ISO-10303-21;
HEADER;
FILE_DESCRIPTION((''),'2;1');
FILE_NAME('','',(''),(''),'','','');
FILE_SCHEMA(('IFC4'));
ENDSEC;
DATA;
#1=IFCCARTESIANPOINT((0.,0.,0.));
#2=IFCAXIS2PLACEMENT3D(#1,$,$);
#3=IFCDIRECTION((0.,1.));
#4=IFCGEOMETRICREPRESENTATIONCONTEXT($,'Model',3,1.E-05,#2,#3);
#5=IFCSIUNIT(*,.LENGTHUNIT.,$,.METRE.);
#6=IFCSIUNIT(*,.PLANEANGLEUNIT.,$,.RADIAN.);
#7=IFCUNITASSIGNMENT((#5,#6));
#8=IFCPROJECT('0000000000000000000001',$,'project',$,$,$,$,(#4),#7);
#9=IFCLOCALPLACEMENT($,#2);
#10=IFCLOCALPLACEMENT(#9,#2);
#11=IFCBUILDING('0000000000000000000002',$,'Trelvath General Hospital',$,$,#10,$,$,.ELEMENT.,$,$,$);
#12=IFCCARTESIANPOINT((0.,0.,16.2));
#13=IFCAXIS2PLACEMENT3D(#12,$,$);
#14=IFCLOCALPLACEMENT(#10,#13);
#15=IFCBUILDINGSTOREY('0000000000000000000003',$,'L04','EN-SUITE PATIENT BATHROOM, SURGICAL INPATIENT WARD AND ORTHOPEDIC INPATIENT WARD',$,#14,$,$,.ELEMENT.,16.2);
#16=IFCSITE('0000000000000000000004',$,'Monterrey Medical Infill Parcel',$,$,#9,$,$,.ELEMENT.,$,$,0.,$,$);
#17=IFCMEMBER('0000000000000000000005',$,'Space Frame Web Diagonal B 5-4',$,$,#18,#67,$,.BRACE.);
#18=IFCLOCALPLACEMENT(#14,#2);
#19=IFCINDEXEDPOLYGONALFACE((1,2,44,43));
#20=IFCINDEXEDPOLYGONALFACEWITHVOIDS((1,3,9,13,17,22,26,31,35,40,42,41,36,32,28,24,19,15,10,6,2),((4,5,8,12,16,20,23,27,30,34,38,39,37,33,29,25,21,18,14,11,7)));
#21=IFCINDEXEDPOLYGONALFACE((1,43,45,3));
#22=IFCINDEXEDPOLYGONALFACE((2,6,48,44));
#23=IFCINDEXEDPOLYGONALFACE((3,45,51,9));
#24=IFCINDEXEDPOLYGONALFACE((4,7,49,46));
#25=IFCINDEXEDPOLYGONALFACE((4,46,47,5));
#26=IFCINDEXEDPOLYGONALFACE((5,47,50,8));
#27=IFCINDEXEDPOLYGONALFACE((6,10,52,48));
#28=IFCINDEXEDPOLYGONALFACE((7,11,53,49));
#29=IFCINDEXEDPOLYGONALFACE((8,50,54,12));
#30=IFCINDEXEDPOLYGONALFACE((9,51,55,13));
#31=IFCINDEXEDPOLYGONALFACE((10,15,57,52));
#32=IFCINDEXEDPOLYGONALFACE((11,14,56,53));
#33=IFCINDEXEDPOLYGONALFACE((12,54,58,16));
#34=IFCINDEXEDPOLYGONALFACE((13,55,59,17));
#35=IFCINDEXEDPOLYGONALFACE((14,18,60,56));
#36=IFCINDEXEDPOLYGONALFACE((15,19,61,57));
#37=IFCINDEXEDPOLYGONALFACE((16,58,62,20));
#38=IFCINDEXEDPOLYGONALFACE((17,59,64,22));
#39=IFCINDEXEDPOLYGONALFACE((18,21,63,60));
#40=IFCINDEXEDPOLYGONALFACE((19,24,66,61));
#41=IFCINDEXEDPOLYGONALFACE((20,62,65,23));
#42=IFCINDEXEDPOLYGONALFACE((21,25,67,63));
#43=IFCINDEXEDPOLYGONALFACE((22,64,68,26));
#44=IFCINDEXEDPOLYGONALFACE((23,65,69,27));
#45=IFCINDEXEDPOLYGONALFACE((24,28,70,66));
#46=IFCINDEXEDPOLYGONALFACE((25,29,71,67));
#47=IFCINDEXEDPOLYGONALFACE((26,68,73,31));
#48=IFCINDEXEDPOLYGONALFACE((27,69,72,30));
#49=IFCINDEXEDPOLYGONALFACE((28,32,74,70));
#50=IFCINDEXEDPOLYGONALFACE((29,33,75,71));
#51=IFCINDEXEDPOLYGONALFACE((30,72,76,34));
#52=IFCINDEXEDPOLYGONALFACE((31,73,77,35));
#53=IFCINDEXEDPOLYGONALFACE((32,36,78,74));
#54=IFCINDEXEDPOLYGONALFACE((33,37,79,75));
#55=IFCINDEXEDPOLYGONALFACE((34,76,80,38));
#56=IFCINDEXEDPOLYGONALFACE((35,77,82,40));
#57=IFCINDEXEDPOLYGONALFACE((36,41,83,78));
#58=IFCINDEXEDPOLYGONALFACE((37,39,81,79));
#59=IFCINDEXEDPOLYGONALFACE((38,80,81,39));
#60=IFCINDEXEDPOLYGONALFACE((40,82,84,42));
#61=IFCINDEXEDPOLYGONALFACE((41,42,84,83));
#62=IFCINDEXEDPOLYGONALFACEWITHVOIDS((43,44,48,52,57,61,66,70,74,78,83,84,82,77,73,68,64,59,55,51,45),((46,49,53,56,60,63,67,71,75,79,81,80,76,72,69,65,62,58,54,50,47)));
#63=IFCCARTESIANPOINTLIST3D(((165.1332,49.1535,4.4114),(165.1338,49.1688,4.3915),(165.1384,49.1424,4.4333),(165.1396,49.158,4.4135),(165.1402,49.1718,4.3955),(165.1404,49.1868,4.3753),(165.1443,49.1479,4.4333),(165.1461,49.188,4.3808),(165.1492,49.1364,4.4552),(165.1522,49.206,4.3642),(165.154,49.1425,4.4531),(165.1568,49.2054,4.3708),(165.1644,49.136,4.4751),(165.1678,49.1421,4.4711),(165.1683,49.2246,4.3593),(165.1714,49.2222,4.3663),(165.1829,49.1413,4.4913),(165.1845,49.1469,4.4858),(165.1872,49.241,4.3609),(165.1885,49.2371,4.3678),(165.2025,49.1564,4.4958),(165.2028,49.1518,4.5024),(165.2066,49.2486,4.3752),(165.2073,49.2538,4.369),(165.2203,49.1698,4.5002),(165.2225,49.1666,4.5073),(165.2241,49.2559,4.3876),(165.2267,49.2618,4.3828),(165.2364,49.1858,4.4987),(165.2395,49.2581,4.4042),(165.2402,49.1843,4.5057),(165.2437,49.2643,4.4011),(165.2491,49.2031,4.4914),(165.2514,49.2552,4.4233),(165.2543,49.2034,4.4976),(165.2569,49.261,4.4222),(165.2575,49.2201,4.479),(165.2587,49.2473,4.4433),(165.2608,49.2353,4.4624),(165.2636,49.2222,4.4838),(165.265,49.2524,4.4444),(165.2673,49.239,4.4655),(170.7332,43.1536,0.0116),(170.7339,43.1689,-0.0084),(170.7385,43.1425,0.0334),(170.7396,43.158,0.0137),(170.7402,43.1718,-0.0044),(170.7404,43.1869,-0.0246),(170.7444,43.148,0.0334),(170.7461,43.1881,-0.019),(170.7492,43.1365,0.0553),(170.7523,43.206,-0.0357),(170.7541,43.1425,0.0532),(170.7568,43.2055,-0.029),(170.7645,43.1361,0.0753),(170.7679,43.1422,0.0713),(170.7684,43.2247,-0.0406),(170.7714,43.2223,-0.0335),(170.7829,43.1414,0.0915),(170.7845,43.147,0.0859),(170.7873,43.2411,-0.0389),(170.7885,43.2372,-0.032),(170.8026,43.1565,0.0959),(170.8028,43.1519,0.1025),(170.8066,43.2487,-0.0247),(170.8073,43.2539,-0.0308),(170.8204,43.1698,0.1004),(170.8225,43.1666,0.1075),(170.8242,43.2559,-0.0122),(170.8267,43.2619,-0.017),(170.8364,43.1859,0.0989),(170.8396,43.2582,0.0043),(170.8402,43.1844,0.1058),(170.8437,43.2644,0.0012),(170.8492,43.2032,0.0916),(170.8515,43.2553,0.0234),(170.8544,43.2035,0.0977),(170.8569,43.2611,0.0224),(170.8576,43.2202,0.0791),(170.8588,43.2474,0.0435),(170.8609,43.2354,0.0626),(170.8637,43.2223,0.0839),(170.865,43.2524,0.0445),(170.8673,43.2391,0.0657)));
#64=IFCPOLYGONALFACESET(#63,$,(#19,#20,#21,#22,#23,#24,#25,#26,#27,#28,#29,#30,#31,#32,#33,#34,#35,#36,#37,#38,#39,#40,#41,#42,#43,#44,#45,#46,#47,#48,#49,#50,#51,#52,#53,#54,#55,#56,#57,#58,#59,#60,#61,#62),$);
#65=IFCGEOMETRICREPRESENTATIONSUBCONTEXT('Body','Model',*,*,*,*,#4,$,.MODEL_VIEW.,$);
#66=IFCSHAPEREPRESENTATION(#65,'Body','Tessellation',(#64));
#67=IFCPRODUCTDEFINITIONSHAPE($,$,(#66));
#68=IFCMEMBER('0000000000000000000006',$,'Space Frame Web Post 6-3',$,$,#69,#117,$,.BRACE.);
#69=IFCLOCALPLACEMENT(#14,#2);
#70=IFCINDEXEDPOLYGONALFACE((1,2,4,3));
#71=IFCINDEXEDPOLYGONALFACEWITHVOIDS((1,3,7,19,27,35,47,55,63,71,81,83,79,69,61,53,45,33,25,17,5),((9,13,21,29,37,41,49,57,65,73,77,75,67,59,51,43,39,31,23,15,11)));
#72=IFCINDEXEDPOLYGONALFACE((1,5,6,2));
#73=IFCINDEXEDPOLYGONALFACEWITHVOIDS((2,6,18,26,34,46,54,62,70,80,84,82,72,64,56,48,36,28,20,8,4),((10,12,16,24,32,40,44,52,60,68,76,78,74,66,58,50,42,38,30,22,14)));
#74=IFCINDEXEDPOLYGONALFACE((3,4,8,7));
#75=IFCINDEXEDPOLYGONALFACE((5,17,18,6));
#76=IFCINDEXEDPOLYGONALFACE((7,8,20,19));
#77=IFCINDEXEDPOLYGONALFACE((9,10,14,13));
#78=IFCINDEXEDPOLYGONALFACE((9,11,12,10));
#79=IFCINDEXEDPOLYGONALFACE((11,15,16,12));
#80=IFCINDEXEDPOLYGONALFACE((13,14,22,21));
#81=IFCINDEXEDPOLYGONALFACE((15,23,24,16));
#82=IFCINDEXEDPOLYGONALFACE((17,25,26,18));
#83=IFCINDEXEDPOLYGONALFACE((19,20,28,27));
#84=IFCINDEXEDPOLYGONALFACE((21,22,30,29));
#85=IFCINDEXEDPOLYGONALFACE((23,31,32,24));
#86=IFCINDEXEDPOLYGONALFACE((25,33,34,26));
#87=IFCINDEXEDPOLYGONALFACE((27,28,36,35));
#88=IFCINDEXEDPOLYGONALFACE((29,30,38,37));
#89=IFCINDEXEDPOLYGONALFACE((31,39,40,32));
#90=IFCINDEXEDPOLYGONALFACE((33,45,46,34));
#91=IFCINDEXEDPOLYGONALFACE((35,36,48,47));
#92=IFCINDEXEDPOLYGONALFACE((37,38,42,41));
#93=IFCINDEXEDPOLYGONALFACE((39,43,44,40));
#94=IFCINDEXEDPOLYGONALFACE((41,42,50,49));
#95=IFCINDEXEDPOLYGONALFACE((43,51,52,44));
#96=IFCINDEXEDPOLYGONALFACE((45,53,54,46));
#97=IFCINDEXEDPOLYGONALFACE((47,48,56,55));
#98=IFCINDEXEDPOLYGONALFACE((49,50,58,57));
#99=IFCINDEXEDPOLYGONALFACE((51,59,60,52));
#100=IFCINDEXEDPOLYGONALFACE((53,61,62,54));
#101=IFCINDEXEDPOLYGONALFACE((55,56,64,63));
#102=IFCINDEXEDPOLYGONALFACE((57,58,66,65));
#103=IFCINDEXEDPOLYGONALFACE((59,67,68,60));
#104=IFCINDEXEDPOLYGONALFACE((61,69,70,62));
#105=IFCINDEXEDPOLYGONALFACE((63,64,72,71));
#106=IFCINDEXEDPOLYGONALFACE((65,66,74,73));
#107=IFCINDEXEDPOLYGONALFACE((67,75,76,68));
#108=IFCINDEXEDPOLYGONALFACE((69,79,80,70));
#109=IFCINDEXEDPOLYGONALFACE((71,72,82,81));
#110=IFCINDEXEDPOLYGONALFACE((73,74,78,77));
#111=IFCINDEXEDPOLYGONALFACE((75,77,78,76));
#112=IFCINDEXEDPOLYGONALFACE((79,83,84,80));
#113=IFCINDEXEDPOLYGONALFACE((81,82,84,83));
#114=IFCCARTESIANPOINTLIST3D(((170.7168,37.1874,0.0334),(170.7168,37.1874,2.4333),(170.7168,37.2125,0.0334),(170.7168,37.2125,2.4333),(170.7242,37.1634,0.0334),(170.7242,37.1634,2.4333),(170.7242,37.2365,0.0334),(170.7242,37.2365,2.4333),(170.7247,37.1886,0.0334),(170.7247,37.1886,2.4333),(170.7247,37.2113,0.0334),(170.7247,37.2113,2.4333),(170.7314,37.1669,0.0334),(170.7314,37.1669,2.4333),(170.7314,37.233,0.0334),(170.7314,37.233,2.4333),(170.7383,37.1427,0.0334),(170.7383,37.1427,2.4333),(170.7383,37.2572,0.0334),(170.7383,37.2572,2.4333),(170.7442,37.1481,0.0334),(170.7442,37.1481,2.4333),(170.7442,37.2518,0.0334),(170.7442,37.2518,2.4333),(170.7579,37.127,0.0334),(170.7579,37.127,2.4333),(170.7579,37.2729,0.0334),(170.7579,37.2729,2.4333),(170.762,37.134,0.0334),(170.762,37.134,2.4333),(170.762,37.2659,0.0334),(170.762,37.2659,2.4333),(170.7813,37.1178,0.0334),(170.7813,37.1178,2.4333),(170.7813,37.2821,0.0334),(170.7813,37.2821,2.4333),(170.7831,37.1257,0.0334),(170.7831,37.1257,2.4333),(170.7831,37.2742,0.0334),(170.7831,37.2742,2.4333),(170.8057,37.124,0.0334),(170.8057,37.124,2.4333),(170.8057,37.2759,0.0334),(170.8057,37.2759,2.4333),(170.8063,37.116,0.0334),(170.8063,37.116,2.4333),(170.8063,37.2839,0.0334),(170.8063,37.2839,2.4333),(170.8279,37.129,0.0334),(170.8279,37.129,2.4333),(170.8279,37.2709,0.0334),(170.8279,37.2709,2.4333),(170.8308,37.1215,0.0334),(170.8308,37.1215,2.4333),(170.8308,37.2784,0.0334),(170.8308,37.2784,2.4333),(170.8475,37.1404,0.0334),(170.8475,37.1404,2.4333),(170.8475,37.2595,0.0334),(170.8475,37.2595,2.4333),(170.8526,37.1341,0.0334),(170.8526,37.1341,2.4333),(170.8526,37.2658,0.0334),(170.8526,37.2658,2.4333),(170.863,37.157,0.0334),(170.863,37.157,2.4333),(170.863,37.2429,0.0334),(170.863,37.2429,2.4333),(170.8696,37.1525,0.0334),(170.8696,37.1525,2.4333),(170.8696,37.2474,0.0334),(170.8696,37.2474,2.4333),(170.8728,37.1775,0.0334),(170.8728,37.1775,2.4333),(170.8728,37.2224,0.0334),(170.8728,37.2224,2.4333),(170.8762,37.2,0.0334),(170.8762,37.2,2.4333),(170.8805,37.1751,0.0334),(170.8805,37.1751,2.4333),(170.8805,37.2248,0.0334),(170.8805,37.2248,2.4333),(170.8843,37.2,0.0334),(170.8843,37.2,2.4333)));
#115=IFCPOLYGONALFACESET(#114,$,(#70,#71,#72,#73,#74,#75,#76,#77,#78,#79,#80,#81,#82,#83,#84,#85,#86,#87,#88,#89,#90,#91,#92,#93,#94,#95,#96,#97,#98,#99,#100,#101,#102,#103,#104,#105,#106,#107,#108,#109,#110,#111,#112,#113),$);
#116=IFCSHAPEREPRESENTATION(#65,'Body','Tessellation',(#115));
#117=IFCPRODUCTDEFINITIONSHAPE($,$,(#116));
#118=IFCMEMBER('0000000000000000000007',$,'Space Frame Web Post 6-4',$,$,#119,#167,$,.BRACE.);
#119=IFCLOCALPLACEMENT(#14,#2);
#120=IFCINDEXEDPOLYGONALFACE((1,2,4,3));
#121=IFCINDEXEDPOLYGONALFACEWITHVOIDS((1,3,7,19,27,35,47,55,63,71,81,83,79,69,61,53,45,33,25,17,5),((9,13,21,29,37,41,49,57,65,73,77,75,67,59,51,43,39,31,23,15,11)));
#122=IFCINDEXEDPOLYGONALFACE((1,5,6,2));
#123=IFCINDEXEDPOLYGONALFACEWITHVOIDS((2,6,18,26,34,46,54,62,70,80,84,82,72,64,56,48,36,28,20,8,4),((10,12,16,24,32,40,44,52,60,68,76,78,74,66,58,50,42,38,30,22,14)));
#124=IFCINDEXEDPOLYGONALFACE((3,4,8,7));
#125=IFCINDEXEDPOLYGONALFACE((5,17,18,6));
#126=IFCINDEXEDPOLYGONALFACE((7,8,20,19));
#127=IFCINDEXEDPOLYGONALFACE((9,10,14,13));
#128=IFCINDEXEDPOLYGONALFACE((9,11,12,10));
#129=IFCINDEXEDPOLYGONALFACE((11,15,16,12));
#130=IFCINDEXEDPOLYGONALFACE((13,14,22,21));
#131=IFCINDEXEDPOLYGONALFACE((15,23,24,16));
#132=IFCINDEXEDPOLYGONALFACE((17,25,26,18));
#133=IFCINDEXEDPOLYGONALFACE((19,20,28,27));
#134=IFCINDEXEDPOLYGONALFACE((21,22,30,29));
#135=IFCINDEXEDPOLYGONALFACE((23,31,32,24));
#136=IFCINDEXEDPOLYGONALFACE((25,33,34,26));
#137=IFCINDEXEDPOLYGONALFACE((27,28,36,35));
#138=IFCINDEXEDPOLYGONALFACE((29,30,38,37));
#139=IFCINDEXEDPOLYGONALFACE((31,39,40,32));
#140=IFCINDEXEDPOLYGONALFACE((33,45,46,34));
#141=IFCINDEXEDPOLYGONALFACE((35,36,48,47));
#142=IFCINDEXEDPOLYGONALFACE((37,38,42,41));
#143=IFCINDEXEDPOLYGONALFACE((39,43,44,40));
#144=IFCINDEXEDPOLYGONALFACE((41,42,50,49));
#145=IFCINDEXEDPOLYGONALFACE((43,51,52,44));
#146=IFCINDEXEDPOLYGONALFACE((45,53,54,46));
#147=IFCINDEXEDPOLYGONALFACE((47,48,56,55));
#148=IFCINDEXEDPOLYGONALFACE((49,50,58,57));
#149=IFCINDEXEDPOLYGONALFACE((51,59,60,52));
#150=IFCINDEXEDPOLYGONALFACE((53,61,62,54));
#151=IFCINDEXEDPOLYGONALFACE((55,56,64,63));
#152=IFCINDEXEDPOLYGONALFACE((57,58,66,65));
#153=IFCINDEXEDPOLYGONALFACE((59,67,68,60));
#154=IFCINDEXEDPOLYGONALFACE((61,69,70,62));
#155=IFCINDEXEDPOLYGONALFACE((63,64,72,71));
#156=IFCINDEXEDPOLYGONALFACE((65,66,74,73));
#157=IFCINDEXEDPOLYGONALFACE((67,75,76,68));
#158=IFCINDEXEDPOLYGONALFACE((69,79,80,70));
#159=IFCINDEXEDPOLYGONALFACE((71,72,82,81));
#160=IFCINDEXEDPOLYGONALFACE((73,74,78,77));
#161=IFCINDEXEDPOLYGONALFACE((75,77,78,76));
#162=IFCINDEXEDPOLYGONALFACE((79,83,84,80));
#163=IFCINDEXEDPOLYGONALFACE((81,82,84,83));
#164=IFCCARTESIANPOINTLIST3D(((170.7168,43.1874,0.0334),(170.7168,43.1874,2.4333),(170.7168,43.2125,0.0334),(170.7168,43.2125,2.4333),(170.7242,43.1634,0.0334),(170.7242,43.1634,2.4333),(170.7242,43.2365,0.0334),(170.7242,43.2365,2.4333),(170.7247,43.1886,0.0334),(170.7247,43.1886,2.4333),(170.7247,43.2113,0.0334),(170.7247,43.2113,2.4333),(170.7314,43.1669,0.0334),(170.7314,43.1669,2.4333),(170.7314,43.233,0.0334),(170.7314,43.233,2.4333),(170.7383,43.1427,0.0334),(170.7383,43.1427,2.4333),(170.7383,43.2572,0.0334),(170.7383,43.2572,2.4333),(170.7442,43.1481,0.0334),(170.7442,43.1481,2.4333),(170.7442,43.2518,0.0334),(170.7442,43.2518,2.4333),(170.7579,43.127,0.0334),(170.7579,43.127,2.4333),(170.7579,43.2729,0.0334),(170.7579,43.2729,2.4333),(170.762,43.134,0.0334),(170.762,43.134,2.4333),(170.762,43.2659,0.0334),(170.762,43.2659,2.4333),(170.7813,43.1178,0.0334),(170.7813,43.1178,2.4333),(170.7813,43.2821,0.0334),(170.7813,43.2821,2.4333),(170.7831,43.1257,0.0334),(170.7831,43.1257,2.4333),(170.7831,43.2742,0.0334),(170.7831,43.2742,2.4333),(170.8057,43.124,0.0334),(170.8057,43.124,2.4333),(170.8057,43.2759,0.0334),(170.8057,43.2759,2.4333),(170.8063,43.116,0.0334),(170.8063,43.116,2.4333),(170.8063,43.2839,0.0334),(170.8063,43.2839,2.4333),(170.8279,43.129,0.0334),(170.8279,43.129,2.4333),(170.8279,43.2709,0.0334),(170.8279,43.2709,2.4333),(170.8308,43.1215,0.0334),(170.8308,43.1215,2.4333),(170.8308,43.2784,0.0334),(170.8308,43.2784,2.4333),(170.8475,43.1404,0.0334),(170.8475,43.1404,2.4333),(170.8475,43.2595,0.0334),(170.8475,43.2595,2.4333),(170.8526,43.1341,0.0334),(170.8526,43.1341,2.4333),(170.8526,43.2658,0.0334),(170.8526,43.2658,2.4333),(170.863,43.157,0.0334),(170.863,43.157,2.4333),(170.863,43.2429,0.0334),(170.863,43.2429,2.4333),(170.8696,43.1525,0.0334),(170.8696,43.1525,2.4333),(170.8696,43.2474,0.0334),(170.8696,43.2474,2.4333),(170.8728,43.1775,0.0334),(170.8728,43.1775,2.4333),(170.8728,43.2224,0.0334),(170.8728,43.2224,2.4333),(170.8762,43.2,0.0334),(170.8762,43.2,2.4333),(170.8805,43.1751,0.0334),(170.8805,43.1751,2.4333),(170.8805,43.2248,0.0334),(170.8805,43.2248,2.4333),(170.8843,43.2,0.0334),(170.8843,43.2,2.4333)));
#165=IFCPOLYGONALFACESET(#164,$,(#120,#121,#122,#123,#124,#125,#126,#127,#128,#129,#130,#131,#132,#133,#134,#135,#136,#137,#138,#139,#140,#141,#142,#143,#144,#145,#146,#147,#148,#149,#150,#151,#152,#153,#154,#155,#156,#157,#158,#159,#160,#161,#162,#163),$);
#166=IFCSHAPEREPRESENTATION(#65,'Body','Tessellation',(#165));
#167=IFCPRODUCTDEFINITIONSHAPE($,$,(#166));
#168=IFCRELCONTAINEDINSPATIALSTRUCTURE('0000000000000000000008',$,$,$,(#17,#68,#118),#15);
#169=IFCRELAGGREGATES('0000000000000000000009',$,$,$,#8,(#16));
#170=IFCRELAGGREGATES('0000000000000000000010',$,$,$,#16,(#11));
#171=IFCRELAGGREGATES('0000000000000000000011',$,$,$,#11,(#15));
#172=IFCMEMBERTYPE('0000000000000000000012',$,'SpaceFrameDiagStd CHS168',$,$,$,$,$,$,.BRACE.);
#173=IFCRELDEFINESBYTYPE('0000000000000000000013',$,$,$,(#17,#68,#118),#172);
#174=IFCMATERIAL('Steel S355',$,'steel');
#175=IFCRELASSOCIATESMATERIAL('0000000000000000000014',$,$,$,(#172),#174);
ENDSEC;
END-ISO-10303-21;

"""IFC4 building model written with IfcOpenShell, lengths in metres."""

from ifc_helpers import new_model, si_unit, direction, frame, origin, origin_2d, place, context, subcontext, project, spatial, hollow_circle, extrude, material, material_profile, profile_set, type_object, element, save


model = new_model("IFC4")

# Units and contexts
model_context = context("Model", 3, precision=1e-05, world=origin(), true_north=direction((0.0, 1.0)))
body_context = subcontext(model_context, "Body", "Model", "MODEL_VIEW")
ifc_project = project(units=[si_unit("LENGTHUNIT", "METRE"), si_unit("PLANEANGLEUNIT", "RADIAN")], contexts=[model_context])

# Site, building, storey
site_placement = place(None, origin())
site = spatial("IfcSite", under=ifc_project, at=site_placement, Name="Monterrey Medical Infill Parcel", CompositionType="ELEMENT", RefElevation=0.0)
building_placement = place(site_placement, origin())
building = spatial("IfcBuilding", under=site, at=building_placement, Name="Trelvath General Hospital", CompositionType="ELEMENT")
storey_placement = place(building_placement, frame((0.0, 0.0, 16.2)))
storey = spatial("IfcBuildingStorey", under=building, at=storey_placement, Name="L04", Description="EN-SUITE PATIENT BATHROOM, SURGICAL INPATIENT WARD AND ORTHOPEDIC INPATIENT WARD", CompositionType="ELEMENT", Elevation=16.2)

# Members
ifc_material_1 = material(Name="Steel S355", Category="steel")
ifc_material_profile_1 = material_profile(ifc_material_1, hollow_circle(Radius=0.0842, WallThickness=0.0081, at=origin_2d()), Name="CHS168.3x8.0")
ifc_profile_set_1 = profile_set([ifc_material_profile_1], Name="Steel S355")
member_type_1 = type_object("IfcMemberType", Name="SpaceFrameDiagStd CHS168", PredefinedType="BRACE", material=ifc_profile_set_1)
member_1_placement = place(storey_placement, frame((170.8, 43.2, 0.0334), z_axis=(-0.601361, 0.644304, 0.472479), x_axis=(-0.731049, -0.682325, 0.0)))
element("IfcMember", 1, at=member_1_placement, inside=storey, type_object=member_type_1, Name="Space Frame Web Diagonal B 5-4", PredefinedType="BRACE", context=body_context, shape_type="SweptSolid", body=[
    extrude(hollow_circle(Radius=0.0842, WallThickness=0.0081, at=origin_2d()), origin(), (0.0, 0.0, 1.0), 9.3123),
])
for number, where, z_axis, x_axis, name in (
    (2, (170.8, 37.2, 0.0334), (0.0, 0.0, 1.0), (1.0, 0.0, 0.0), "Space Frame Web Post 6-3"),
    (3, (170.8, 43.2, 0.0334), (0.0, 0.0, 1.0), (1.0, 0.0, 0.0), "Space Frame Web Post 6-4"),
):
    element("IfcMember", number, at=place(storey_placement, frame(where, z_axis=z_axis, x_axis=x_axis)), inside=storey, type_object=member_type_1, Name=name, PredefinedType="BRACE", context=body_context, shape_type="SweptSolid", body=[
        extrude(hollow_circle(Radius=0.0842, WallThickness=0.0081, at=origin_2d()), origin(), (0.0, 0.0, 1.0), 2.3999),
    ])

save(model, "model.ifc")
